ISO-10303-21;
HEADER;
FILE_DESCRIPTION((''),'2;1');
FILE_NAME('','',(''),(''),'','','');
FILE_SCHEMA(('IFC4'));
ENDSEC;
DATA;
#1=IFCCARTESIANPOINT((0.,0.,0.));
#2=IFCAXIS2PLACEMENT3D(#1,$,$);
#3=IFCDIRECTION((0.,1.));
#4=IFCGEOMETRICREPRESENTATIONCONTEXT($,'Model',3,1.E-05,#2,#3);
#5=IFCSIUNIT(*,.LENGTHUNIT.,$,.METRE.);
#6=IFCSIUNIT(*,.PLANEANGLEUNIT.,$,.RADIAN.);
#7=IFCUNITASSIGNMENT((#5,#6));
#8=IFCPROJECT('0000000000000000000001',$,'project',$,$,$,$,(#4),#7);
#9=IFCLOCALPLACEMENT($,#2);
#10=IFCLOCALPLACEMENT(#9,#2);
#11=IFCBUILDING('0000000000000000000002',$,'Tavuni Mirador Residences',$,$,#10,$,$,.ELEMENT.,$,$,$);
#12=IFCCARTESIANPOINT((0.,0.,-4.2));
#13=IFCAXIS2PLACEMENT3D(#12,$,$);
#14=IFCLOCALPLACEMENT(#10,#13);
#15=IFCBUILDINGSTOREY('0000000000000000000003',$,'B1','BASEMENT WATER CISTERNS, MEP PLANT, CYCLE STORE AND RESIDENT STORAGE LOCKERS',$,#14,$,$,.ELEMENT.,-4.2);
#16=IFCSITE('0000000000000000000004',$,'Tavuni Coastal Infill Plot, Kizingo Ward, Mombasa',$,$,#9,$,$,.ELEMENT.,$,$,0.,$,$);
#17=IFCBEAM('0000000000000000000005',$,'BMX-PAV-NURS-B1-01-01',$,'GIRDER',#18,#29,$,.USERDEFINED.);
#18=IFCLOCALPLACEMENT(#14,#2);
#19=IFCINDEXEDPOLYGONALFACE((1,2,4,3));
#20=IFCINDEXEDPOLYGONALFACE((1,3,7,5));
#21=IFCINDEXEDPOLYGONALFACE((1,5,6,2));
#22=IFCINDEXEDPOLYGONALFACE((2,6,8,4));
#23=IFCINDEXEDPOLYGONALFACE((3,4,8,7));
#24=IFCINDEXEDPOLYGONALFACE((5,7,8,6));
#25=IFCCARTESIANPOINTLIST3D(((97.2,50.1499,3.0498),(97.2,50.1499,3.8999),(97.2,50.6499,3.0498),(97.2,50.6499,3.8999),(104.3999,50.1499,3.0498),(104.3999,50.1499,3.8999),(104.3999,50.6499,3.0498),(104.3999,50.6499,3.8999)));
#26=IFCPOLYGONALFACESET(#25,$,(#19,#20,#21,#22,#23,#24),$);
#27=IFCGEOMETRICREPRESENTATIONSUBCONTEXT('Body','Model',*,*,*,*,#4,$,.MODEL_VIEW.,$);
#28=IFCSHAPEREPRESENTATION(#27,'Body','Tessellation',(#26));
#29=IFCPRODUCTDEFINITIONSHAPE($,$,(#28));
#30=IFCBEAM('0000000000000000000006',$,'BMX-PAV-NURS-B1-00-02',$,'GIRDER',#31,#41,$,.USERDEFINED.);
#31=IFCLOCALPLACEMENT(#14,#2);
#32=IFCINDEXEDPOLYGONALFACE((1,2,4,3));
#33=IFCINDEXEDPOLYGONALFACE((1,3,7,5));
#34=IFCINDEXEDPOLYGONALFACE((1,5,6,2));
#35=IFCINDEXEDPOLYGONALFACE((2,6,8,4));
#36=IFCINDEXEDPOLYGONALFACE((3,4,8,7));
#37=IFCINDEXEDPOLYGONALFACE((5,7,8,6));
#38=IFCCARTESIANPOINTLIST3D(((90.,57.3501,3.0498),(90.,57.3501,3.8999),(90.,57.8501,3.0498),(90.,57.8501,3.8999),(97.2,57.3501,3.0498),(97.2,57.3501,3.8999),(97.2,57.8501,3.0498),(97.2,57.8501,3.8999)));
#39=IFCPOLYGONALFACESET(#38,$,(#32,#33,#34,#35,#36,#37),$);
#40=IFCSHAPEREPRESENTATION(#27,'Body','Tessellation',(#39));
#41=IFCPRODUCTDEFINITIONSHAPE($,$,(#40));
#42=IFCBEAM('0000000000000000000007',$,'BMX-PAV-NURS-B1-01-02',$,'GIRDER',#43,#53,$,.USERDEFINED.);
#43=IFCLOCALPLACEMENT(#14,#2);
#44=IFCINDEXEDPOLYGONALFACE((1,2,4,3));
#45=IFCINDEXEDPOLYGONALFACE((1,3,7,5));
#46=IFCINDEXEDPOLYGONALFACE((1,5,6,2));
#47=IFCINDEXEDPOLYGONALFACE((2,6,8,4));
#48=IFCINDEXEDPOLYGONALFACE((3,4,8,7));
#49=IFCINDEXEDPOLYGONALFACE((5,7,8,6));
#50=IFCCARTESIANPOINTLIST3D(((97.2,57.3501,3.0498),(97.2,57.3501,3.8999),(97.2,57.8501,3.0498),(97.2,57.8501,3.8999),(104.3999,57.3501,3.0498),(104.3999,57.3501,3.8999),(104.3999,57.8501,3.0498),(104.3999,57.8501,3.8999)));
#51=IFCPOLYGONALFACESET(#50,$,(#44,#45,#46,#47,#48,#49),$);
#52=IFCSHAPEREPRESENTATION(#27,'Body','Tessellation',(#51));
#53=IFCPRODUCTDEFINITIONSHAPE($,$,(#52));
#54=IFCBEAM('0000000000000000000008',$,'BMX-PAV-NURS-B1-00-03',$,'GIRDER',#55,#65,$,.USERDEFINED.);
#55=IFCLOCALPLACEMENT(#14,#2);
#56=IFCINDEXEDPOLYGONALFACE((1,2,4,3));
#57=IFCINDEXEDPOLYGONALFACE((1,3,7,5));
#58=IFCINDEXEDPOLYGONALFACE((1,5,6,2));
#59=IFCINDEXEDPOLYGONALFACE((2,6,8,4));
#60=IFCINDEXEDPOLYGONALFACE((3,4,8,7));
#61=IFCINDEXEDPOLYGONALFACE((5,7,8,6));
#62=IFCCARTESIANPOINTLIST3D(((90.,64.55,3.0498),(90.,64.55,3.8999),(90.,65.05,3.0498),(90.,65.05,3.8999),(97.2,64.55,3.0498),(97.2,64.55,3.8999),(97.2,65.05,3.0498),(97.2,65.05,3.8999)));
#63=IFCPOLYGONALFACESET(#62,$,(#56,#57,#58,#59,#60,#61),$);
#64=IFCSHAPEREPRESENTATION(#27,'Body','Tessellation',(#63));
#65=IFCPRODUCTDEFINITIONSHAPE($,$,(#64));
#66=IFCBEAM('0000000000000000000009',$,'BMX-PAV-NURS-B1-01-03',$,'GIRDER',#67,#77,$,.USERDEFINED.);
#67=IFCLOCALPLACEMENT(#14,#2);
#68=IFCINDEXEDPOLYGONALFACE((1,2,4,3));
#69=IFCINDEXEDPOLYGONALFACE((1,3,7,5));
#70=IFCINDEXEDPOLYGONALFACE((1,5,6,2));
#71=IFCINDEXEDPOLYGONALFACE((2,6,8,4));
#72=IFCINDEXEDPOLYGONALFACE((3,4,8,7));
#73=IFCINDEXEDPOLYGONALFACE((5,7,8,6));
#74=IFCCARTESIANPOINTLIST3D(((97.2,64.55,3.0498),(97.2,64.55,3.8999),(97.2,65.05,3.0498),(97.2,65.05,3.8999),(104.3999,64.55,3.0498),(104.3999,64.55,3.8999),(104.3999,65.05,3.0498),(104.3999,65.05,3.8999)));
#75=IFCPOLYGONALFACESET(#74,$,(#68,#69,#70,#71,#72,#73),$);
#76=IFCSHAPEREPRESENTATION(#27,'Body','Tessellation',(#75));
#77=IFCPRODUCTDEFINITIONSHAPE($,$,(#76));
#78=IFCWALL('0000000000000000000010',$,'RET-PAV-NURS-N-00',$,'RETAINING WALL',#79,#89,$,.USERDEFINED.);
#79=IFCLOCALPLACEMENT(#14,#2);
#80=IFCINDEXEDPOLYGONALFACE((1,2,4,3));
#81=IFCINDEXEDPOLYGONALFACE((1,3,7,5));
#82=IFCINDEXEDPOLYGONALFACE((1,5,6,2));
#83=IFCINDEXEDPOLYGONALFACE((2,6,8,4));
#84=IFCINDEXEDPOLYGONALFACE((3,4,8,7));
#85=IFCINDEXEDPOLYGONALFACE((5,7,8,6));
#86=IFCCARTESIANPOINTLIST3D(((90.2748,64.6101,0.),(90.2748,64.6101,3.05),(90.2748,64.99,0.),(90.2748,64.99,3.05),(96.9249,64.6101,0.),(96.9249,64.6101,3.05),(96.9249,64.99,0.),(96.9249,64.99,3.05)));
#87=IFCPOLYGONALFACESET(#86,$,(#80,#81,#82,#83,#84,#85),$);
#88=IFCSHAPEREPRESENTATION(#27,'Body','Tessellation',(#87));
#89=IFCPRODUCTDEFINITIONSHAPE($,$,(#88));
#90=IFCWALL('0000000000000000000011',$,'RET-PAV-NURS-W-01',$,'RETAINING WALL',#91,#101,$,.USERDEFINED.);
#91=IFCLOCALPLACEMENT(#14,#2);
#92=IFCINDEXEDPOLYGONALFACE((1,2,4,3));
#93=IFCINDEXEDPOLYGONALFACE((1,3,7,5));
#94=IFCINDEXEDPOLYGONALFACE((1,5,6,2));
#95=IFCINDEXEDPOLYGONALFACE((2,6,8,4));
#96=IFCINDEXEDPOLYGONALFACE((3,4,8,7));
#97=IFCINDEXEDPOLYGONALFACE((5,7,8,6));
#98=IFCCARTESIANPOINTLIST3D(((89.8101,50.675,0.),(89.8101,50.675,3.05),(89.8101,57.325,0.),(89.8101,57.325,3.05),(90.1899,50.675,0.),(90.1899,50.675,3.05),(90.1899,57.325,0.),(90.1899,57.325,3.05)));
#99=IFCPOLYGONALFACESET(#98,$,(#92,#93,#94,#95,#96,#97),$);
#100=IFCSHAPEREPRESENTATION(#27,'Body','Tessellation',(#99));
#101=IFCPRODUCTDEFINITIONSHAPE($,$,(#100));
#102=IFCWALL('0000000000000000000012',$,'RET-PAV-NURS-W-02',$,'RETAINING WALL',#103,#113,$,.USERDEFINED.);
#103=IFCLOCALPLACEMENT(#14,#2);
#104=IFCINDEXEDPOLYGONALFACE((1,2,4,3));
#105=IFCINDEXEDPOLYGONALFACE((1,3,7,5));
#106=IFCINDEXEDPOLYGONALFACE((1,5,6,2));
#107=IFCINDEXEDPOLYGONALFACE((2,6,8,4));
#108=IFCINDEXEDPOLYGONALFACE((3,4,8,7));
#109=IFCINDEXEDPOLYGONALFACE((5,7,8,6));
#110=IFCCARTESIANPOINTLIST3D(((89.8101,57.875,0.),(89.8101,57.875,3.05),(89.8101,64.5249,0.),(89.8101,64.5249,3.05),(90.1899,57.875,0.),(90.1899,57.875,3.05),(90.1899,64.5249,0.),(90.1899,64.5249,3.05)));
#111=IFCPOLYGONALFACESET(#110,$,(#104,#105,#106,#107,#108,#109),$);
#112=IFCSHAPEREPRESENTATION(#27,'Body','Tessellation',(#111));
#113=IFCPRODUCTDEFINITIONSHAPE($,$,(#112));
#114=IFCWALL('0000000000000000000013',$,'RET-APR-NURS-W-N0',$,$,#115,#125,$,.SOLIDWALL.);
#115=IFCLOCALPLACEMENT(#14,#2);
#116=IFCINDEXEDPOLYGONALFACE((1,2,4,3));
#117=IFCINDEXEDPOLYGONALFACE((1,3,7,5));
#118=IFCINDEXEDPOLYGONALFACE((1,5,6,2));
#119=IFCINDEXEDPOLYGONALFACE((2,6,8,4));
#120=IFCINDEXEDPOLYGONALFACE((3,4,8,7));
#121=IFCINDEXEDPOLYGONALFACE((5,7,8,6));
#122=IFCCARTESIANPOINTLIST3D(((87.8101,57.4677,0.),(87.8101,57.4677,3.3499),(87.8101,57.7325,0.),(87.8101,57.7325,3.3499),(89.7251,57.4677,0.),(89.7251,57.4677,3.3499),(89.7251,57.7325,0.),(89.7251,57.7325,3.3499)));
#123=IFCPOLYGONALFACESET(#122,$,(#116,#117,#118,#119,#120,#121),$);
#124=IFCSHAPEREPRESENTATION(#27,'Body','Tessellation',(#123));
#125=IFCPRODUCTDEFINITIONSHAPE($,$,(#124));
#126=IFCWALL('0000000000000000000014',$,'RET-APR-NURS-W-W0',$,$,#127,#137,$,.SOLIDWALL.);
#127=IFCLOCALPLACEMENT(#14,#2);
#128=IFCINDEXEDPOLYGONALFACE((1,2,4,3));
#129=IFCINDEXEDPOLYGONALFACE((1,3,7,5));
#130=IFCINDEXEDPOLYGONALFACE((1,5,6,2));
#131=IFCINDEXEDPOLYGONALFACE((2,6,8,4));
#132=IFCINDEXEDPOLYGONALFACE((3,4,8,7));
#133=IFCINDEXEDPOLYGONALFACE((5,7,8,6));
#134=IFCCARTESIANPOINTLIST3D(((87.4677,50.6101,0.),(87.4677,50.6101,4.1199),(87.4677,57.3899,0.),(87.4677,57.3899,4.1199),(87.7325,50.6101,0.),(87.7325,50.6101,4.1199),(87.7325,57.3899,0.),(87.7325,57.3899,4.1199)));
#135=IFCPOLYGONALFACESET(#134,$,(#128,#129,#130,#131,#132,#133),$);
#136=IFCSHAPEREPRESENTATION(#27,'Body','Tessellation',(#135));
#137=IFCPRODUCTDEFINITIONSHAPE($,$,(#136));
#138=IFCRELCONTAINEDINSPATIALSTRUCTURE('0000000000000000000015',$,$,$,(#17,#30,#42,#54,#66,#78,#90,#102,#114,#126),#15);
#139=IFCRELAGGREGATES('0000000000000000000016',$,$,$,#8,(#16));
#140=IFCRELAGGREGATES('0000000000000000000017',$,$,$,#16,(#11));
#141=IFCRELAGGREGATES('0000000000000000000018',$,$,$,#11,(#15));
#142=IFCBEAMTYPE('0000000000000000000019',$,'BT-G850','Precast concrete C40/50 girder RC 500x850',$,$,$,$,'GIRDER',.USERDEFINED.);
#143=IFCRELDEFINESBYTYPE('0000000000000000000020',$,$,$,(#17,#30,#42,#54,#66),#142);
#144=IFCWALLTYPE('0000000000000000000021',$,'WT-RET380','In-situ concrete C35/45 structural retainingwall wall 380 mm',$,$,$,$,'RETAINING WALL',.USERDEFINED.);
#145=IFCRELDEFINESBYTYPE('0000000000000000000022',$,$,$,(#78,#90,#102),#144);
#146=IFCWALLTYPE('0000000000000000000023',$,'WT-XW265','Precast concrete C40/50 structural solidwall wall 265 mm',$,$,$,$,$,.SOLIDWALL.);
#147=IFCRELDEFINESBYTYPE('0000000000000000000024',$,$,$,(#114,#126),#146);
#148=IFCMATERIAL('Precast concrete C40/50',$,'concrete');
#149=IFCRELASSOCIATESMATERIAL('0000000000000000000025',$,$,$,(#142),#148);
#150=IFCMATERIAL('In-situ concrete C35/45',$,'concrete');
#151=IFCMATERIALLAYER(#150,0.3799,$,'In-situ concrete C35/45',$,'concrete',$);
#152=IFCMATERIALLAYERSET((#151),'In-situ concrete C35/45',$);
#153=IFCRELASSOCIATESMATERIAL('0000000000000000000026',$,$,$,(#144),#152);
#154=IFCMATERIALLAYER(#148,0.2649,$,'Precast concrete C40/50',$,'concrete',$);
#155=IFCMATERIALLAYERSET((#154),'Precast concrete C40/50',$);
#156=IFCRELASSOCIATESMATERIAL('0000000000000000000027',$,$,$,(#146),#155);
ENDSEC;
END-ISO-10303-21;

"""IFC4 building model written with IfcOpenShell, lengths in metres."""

from ifc_helpers import new_model, si_unit, direction, frame, frame_2d, origin, origin_2d, place, context, subcontext, project, spatial, rectangle, extrude, material, layer, layer_set, material_profile, profile_set, type_object, element, save


model = new_model("IFC4")

# Units and contexts
model_context = context("Model", 3, precision=1e-05, world=origin(), true_north=direction((0.0, 1.0)))
body_context = subcontext(model_context, "Body", "Model", "MODEL_VIEW")
ifc_project = project(units=[si_unit("LENGTHUNIT", "METRE"), si_unit("PLANEANGLEUNIT", "RADIAN")], contexts=[model_context])

# Site, building, storey
site_placement = place(None, origin())
site = spatial("IfcSite", under=ifc_project, at=site_placement, Name="Tavuni Coastal Infill Plot, Kizingo Ward, Mombasa", CompositionType="ELEMENT", RefElevation=0.0)
building_placement = place(site_placement, origin())
building = spatial("IfcBuilding", under=site, at=building_placement, Name="Tavuni Mirador Residences", CompositionType="ELEMENT")
storey_placement = place(building_placement, frame((0.0, 0.0, -4.2)))
storey = spatial("IfcBuildingStorey", under=building, at=storey_placement, Name="B1", Description="BASEMENT WATER CISTERNS, MEP PLANT, CYCLE STORE AND RESIDENT STORAGE LOCKERS", CompositionType="ELEMENT", Elevation=-4.2)

# Shared definitions
ifc_material_1 = material(Name="In-situ concrete C35/45", Category="concrete")

# Shared definitions
ifc_material_2 = material(Name="Precast concrete C40/50", Category="concrete")

# Beams
ifc_material_profile_1 = material_profile(ifc_material_2, rectangle(XDim=0.5, YDim=0.8501, at=origin_2d()), Name="RC 500x850", Category="concrete")
ifc_profile_set_1 = profile_set([ifc_material_profile_1], Name="Precast concrete C40/50")
beam_type_1 = type_object("IfcBeamType", Name="BT-G850", Description="Precast concrete C40/50 girder RC 500x850", ElementType="GIRDER", PredefinedType="USERDEFINED", material=ifc_profile_set_1)
for number, where, z_axis, x_axis, name in (
    (1, (97.2, 50.3999, 3.4749), (1.0, 0.0, 0.0), (0.0, 1.0, 0.0), "BMX-PAV-NURS-B1-01-01"),
    (2, (90.0, 57.6001, 3.4749), (1.0, 0.0, 0.0), (0.0, 1.0, 0.0), "BMX-PAV-NURS-B1-00-02"),
    (3, (97.2, 57.6001, 3.4749), (1.0, 0.0, 0.0), (0.0, 1.0, 0.0), "BMX-PAV-NURS-B1-01-02"),
    (4, (90.0, 64.8, 3.4749), (1.0, 0.0, 0.0), (0.0, 1.0, 0.0), "BMX-PAV-NURS-B1-00-03"),
    (5, (97.2, 64.8, 3.4749), (1.0, 0.0, 0.0), (0.0, 1.0, 0.0), "BMX-PAV-NURS-B1-01-03"),
):
    element("IfcBeam", number, at=place(storey_placement, frame(where, z_axis=z_axis, x_axis=x_axis)), inside=storey, type_object=beam_type_1, Name=name, ObjectType="GIRDER", PredefinedType="USERDEFINED", context=body_context, shape_type="SweptSolid", body=[
        extrude(rectangle(XDim=0.5, YDim=0.8501, at=origin_2d()), origin(), (0.0, 0.0, 1.0), 7.2),
    ])

# Walls
ifc_layer_1 = layer(ifc_material_1, 0.3799, Name="In-situ concrete C35/45", Category="concrete")
ifc_layer_set_1 = layer_set([ifc_layer_1], Name="In-situ concrete C35/45")
wall_type_1 = type_object("IfcWallType", Name="WT-RET380", Description="In-situ concrete C35/45 structural retainingwall wall 380 mm", ElementType="RETAINING WALL", PredefinedType="USERDEFINED", material=ifc_layer_set_1)
wall_1_placement = place(storey_placement, frame((96.925, 64.8, 0.0), z_axis=(0.0, 0.0, 1.0), x_axis=(-1.0, 0.0, 0.0)))
element("IfcWall", 6, at=wall_1_placement, inside=storey, type_object=wall_type_1, Name="RET-PAV-NURS-N-00", ObjectType="RETAINING WALL", PredefinedType="USERDEFINED", context=body_context, shape_type="SweptSolid", body=[
    extrude(rectangle(XDim=6.6501, YDim=0.3799, at=frame_2d((3.3252, 0.0))), origin(), (0.0, 0.0, 1.0), 3.05),
])
for number, where, z_axis, x_axis, name in (
    (7, (90.0, 57.325, 0.0), (0.0, 0.0, 1.0), (0.0, -1.0, 0.0), "RET-PAV-NURS-W-01"),
    (8, (90.0, 64.5249, 0.0), (0.0, 0.0, 1.0), (0.0, -1.0, 0.0), "RET-PAV-NURS-W-02"),
):
    element("IfcWall", number, at=place(storey_placement, frame(where, z_axis=z_axis, x_axis=x_axis)), inside=storey, type_object=wall_type_1, Name=name, ObjectType="RETAINING WALL", PredefinedType="USERDEFINED", context=body_context, shape_type="SweptSolid", body=[
        extrude(rectangle(XDim=6.6499, YDim=0.3799, at=frame_2d((3.325, 0.0))), origin(), (0.0, 0.0, 1.0), 3.05),
    ])
ifc_layer_2 = layer(ifc_material_2, 0.2649, Name="Precast concrete C40/50", Category="concrete")
ifc_layer_set_2 = layer_set([ifc_layer_2], Name="Precast concrete C40/50")
wall_type_2 = type_object("IfcWallType", Name="WT-XW265", Description="Precast concrete C40/50 structural solidwall wall 265 mm", PredefinedType="SOLIDWALL", material=ifc_layer_set_2)
wall_2_placement = place(storey_placement, frame((89.7251, 57.6001, 0.0), z_axis=(0.0, 0.0, 1.0), x_axis=(-1.0, 0.0, 0.0)))
element("IfcWall", 9, at=wall_2_placement, inside=storey, type_object=wall_type_2, Name="RET-APR-NURS-W-N0", PredefinedType="SOLIDWALL", context=body_context, shape_type="SweptSolid", body=[
    extrude(rectangle(XDim=1.915, YDim=0.2649, at=frame_2d((0.9575, 0.0))), origin(), (0.0, 0.0, 1.0), 3.3499),
])
wall_3_placement = place(storey_placement, frame((87.6001, 57.3899, 0.0), z_axis=(0.0, 0.0, 1.0), x_axis=(0.0, -1.0, 0.0)))
element("IfcWall", 10, at=wall_3_placement, inside=storey, type_object=wall_type_2, Name="RET-APR-NURS-W-W0", PredefinedType="SOLIDWALL", context=body_context, shape_type="SweptSolid", body=[
    extrude(rectangle(XDim=6.7798, YDim=0.2649, at=frame_2d((3.3899, 0.0))), origin(), (0.0, 0.0, 1.0), 4.1199),
])

save(model, "model.ifc")
